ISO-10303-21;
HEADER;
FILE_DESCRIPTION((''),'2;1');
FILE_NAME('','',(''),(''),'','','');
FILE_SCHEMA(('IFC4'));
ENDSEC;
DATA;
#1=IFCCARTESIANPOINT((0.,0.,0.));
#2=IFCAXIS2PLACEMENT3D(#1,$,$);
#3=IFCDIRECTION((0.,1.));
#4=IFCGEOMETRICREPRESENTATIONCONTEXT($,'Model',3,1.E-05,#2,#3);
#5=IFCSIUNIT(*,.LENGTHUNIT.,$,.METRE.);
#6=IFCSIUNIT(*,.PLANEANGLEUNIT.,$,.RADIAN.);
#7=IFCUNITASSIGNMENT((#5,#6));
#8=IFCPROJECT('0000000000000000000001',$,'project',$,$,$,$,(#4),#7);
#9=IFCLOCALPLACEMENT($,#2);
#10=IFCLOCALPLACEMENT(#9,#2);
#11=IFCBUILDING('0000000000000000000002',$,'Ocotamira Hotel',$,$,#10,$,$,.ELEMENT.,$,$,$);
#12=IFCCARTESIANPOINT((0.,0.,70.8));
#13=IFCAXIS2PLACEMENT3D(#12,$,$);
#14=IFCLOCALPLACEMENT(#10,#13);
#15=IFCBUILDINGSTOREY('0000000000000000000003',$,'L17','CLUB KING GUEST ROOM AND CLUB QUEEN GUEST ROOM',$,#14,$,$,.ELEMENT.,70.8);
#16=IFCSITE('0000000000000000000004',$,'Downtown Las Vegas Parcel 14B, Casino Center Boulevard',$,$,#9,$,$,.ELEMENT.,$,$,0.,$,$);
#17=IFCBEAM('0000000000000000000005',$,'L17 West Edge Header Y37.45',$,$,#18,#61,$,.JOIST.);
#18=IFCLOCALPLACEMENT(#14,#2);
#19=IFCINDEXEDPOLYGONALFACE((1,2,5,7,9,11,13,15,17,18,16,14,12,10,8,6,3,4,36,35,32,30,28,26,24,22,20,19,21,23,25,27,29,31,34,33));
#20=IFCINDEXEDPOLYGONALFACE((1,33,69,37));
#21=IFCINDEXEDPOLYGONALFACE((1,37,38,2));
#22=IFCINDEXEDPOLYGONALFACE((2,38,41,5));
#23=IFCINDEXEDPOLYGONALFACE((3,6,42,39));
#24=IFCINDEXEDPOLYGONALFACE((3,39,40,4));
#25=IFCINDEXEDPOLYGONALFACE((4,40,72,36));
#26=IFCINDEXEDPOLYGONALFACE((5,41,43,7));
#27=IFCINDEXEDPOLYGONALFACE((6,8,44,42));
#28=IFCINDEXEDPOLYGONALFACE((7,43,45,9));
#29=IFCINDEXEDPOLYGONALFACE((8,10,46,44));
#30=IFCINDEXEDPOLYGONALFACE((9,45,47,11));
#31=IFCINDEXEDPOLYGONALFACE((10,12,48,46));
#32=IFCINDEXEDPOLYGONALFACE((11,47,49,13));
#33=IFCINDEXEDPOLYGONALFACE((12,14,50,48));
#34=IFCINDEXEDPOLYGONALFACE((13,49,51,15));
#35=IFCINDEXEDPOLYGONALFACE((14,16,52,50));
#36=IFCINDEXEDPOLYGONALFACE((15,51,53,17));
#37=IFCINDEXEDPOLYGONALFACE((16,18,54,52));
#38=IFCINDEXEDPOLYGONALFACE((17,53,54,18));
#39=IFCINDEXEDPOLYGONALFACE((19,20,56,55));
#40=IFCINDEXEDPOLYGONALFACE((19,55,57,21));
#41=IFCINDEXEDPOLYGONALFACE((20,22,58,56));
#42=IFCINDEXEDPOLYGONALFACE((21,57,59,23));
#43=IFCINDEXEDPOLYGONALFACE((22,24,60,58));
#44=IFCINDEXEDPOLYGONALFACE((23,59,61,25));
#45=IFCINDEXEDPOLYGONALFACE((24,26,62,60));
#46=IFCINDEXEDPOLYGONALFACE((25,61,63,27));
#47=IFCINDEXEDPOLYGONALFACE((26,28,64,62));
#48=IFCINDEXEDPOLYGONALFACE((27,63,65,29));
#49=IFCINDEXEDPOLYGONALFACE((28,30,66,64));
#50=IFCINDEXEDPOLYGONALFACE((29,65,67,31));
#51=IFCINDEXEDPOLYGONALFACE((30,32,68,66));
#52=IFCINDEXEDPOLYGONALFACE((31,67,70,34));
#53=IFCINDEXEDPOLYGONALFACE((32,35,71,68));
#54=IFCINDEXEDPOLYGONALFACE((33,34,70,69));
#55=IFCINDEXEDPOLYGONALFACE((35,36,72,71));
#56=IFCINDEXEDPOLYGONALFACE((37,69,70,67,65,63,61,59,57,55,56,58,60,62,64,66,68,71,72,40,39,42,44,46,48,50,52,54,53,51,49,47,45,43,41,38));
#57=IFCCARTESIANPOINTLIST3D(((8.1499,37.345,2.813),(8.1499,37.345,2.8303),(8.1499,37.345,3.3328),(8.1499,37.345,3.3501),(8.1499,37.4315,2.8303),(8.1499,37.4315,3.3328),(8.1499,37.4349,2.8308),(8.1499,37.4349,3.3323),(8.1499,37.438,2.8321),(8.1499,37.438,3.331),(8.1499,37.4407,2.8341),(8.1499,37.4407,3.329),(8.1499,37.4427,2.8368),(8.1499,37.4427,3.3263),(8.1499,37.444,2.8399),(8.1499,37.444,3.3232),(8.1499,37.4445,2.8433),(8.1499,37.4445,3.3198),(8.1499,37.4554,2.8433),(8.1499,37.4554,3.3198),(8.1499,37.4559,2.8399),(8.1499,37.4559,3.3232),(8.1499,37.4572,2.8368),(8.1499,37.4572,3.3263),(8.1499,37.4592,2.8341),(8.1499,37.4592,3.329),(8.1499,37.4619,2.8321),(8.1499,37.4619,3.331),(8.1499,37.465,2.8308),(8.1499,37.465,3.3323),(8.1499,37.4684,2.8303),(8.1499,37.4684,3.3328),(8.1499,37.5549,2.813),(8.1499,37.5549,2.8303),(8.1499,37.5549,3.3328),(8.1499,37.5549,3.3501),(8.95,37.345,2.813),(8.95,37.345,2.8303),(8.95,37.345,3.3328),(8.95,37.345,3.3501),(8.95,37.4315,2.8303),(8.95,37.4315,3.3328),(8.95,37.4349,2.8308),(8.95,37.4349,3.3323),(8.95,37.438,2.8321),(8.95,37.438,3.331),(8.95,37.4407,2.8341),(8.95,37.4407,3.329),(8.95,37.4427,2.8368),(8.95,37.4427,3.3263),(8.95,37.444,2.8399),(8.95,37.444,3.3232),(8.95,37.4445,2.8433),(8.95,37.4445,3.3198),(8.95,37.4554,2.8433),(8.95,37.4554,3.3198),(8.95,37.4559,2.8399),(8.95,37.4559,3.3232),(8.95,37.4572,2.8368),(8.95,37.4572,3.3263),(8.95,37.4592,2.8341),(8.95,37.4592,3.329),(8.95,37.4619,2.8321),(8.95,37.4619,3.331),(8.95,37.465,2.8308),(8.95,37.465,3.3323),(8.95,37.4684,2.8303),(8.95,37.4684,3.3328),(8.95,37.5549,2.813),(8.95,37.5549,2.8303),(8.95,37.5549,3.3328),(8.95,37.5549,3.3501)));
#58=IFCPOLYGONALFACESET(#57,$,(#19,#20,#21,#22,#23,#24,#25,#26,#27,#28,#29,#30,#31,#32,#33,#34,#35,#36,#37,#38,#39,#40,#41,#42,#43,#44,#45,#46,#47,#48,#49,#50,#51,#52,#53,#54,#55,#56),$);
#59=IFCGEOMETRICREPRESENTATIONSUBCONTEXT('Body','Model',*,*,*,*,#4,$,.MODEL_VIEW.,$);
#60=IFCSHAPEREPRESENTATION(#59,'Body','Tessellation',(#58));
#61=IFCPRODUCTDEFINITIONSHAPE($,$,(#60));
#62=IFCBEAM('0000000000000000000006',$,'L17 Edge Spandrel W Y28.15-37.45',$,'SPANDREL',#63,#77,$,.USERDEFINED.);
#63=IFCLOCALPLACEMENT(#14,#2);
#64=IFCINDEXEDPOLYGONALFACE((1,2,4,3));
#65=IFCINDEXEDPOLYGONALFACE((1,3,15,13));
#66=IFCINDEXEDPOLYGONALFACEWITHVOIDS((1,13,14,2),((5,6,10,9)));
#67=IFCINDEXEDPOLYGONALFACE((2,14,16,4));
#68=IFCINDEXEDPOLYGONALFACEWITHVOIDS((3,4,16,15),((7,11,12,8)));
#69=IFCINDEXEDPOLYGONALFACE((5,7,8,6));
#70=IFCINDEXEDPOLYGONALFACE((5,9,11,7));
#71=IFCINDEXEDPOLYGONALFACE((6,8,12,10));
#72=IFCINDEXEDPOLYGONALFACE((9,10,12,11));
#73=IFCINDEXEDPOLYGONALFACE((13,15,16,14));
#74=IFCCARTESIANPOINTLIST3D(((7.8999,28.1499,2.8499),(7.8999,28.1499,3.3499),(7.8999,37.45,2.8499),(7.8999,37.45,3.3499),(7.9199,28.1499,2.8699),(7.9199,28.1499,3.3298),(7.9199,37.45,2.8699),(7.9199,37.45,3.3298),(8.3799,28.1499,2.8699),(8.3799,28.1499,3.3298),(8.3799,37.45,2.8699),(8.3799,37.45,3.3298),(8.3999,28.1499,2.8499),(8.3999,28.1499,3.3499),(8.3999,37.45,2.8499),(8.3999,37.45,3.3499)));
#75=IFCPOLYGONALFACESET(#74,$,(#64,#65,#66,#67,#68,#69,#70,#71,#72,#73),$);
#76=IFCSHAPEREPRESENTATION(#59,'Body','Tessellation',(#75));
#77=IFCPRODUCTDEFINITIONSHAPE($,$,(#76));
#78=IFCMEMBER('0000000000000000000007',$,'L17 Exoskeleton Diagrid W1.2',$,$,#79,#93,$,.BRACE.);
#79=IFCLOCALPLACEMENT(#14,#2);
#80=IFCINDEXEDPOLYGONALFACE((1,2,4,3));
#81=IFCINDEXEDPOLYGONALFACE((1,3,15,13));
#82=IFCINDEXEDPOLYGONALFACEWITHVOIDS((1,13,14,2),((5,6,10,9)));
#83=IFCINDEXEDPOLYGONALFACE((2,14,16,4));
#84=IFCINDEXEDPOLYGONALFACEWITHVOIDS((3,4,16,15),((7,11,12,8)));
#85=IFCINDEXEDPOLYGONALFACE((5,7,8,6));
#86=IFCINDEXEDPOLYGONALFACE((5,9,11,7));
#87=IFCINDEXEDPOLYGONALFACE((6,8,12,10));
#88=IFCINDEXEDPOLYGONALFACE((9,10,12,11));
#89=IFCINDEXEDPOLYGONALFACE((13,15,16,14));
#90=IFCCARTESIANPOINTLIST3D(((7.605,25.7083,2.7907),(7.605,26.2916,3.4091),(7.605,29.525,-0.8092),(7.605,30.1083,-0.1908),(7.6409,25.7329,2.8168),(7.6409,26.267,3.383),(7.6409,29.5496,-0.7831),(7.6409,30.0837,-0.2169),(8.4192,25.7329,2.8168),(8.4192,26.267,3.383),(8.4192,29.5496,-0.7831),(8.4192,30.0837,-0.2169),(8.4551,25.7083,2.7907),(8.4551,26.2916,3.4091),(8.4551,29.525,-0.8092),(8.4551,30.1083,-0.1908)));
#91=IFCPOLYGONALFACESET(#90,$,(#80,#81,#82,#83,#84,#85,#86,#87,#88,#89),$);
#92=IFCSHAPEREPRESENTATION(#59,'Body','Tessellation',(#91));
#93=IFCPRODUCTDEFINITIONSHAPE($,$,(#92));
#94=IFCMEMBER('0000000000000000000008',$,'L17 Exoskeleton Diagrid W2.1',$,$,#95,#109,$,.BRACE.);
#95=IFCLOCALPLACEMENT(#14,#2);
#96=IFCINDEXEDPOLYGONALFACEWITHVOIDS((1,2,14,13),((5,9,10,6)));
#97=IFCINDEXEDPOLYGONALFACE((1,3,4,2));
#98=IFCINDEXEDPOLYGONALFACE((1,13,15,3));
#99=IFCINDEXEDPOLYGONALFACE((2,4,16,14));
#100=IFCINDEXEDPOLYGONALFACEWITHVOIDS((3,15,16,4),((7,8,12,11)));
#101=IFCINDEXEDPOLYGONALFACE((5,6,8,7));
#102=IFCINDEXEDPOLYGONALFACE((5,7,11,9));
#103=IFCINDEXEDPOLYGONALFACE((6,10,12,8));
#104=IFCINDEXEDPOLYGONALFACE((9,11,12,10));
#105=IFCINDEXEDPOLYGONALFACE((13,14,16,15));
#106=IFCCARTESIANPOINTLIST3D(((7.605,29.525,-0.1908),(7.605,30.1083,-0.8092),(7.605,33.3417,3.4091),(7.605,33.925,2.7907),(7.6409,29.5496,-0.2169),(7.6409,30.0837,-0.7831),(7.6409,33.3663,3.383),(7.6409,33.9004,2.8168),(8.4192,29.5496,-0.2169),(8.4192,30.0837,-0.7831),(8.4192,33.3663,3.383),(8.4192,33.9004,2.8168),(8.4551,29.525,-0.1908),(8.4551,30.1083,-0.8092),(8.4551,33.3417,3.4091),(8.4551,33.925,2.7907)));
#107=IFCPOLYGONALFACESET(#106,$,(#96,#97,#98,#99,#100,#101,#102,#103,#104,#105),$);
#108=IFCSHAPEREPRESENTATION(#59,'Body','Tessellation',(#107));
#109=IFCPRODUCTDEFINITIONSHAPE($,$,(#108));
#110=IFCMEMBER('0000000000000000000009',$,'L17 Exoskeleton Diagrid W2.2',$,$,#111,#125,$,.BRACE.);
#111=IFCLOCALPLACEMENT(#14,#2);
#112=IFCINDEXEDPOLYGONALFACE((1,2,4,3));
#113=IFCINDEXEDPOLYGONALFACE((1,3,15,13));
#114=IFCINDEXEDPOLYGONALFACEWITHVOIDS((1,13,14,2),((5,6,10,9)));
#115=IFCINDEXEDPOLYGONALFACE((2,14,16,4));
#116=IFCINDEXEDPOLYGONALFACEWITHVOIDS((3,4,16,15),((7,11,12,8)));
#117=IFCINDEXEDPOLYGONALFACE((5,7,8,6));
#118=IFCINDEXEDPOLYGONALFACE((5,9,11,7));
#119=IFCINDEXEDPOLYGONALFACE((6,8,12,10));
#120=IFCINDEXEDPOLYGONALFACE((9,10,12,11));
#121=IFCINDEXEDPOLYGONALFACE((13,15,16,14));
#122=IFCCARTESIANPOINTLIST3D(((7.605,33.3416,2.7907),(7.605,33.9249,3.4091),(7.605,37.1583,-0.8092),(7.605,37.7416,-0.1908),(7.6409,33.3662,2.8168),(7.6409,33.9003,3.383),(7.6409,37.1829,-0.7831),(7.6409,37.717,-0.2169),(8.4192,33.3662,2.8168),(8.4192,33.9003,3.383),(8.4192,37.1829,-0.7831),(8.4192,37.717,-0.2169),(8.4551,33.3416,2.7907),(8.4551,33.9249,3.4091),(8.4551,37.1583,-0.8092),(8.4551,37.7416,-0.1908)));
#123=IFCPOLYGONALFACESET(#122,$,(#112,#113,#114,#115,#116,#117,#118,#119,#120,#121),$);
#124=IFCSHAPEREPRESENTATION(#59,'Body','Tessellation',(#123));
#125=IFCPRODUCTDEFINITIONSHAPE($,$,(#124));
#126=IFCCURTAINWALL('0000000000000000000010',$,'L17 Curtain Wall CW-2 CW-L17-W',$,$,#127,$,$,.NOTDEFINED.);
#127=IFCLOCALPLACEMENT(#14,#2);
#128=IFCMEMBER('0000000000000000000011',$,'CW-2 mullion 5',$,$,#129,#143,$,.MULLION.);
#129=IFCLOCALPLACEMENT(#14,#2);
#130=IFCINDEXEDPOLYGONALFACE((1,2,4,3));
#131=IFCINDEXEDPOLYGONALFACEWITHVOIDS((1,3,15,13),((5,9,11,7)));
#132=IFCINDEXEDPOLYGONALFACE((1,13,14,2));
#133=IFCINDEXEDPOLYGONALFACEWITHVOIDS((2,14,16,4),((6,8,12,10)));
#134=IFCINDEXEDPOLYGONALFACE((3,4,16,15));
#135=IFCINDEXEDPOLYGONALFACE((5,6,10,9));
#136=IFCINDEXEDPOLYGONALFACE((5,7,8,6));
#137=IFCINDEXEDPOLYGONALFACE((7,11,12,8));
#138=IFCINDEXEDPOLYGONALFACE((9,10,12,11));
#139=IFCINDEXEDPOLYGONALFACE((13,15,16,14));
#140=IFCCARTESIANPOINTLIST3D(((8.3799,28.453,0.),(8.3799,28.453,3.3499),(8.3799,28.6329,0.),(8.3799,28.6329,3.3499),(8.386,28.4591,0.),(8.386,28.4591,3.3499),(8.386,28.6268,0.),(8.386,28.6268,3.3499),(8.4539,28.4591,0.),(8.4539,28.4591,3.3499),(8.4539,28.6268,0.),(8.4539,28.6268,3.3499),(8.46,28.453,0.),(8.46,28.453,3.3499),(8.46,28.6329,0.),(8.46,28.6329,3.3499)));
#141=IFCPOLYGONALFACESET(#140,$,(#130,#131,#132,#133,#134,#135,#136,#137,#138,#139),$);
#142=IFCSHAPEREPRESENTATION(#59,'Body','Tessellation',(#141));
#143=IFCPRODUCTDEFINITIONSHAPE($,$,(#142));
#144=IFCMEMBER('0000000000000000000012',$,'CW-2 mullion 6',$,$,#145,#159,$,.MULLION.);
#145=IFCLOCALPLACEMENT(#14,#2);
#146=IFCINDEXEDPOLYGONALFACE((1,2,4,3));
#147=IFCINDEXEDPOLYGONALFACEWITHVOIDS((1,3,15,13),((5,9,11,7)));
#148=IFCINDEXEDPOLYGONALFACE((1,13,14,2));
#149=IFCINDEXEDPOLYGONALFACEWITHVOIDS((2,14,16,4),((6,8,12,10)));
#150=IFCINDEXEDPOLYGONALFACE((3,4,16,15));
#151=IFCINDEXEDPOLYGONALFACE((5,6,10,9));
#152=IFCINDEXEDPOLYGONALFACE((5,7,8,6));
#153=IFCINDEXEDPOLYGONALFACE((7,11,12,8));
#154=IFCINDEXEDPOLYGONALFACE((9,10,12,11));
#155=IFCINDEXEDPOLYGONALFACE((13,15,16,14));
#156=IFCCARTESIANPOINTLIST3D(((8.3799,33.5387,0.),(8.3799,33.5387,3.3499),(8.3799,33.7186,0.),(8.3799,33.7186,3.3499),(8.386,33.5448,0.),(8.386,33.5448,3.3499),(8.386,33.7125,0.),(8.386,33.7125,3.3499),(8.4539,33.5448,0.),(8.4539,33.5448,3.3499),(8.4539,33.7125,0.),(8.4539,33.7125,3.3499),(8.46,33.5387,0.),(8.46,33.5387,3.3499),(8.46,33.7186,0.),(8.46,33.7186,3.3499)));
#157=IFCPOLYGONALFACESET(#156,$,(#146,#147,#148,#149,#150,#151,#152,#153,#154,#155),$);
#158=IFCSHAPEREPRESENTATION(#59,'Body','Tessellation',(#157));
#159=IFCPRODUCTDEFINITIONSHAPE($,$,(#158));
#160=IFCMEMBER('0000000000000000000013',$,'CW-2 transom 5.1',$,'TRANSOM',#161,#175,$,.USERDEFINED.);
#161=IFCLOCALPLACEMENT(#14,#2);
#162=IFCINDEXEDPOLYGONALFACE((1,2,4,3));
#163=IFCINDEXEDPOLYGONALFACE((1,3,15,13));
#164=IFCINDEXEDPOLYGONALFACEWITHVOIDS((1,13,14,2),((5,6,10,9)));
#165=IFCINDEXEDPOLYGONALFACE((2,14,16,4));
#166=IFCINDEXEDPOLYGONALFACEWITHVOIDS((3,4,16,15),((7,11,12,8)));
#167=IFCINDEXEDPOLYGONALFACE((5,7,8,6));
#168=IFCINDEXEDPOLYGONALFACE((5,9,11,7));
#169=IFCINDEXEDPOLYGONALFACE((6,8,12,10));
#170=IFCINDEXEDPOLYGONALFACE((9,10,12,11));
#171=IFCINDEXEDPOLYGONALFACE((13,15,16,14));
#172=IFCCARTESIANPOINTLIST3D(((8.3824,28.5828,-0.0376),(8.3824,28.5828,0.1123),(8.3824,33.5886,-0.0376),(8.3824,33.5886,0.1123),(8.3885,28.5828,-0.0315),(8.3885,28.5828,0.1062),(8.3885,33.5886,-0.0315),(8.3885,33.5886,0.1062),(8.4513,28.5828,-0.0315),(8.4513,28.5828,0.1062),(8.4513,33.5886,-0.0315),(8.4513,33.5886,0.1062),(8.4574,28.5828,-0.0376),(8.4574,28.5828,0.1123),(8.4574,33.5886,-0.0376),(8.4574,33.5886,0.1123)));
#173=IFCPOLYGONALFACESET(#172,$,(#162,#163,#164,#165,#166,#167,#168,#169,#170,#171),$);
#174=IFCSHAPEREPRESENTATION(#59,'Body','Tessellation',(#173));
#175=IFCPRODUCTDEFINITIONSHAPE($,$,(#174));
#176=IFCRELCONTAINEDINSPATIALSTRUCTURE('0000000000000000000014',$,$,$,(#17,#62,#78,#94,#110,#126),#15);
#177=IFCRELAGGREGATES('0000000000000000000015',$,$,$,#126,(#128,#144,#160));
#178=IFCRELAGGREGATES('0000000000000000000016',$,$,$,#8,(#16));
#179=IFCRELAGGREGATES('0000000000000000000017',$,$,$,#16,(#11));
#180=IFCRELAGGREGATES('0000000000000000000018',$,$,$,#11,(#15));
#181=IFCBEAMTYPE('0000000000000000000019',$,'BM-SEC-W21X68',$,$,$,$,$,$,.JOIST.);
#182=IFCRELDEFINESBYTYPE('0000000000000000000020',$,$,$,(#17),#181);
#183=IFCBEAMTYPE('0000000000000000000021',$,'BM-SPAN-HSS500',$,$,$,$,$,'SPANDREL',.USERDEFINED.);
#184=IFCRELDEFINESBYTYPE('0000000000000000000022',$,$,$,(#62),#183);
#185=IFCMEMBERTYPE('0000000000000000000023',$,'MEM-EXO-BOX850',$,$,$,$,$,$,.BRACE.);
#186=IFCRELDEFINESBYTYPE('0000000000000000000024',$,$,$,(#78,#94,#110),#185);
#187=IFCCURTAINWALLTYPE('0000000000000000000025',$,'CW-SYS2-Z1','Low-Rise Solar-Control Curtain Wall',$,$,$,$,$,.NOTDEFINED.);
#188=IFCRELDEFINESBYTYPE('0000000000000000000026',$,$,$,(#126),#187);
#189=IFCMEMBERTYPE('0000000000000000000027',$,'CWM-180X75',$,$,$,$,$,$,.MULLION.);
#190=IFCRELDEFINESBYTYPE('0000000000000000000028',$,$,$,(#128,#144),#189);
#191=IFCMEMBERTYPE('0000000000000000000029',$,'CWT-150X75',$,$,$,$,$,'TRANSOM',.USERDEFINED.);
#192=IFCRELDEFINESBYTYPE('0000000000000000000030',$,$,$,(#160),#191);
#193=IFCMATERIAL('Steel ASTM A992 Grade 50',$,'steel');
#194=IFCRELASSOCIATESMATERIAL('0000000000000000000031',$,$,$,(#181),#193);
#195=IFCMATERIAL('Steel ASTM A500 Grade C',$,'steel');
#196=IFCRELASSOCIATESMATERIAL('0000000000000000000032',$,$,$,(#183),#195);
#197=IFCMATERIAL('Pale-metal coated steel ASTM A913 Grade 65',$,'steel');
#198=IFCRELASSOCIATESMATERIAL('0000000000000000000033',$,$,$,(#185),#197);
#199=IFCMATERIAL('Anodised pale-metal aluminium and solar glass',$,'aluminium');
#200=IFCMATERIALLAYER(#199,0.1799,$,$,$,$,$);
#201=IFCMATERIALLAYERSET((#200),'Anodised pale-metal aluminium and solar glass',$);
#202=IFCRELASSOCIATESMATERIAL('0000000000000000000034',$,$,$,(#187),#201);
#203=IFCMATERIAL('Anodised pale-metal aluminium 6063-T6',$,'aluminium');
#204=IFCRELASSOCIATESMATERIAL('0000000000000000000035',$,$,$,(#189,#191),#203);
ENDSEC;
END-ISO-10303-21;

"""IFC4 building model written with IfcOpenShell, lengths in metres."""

from ifc_helpers import new_model, si_unit, direction, frame, origin, origin_2d, place, context, subcontext, project, spatial, hollow_rectangle, i_section, extrude, source, transform, mapped, material, layer, layer_set, material_profile, profile_set, type_object, element, aggregate, save


model = new_model("IFC4")

# Units and contexts
model_context = context("Model", 3, precision=1e-05, world=origin(), true_north=direction((0.0, 1.0)))
body_context = subcontext(model_context, "Body", "Model", "MODEL_VIEW")
ifc_project = project(units=[si_unit("LENGTHUNIT", "METRE"), si_unit("PLANEANGLEUNIT", "RADIAN")], contexts=[model_context])

# Site, building, storey
site_placement = place(None, origin())
site = spatial("IfcSite", under=ifc_project, at=site_placement, Name="Downtown Las Vegas Parcel 14B, Casino Center Boulevard", CompositionType="ELEMENT", RefElevation=0.0)
building_placement = place(site_placement, origin())
building = spatial("IfcBuilding", under=site, at=building_placement, Name="Ocotamira Hotel", CompositionType="ELEMENT")
storey_placement = place(building_placement, frame((0.0, 0.0, 70.8)))
storey = spatial("IfcBuildingStorey", under=building, at=storey_placement, Name="L17", Description="CLUB KING GUEST ROOM AND CLUB QUEEN GUEST ROOM", CompositionType="ELEMENT", Elevation=70.8)

# Beams
ifc_material_1 = material(Name="Steel ASTM A992 Grade 50", Category="steel")
ifc_material_profile_1 = material_profile(ifc_material_1, i_section(OverallWidth=0.21, OverallDepth=0.5371, WebThickness=0.011, FlangeThickness=0.0173, FilletRadius=0.0129, at=origin_2d()), Name="W21X68")
ifc_profile_set_1 = profile_set([ifc_material_profile_1], Name="Steel ASTM A992 Grade 50")
beam_type_1 = type_object("IfcBeamType", Name="BM-SEC-W21X68", PredefinedType="JOIST", material=ifc_profile_set_1)
shared_shape_1 = source(origin(), body_context, "Body", "SweptSolid", [
    extrude(i_section(OverallWidth=0.21, OverallDepth=0.5371, WebThickness=0.011, FlangeThickness=0.0173, FilletRadius=0.0129, at=origin_2d()), origin(), (0.0, 0.0, 1.0), 0.8),
])
for number, where, z_axis, x_axis, name in (
    (1, (8.95, 37.45, 3.0815), (-1.0, 0.0, 0.0), (0.0, -1.0, 0.0), "L17 West Edge Header Y37.45"),
):
    element("IfcBeam", number, at=place(storey_placement, frame(where, z_axis=z_axis, x_axis=x_axis)), inside=storey, type_object=beam_type_1, Name=name, PredefinedType="JOIST", context=body_context, shape_type="MappedRepresentation", body=[
        mapped(shared_shape_1, transform((0.0, 0.0, 0.0), scale=1.0)),
    ])
ifc_material_2 = material(Name="Steel ASTM A500 Grade C", Category="steel")
ifc_material_profile_2 = material_profile(ifc_material_2, hollow_rectangle(XDim=0.5, YDim=0.5, WallThickness=0.02, at=origin_2d()), Name="HSS500X500X20")
ifc_profile_set_2 = profile_set([ifc_material_profile_2], Name="Steel ASTM A500 Grade C")
beam_type_2 = type_object("IfcBeamType", Name="BM-SPAN-HSS500", ElementType="SPANDREL", PredefinedType="USERDEFINED", material=ifc_profile_set_2)
shared_shape_2 = source(origin(), body_context, "Body", "SweptSolid", [
    extrude(hollow_rectangle(XDim=0.5, YDim=0.5, WallThickness=0.02, at=origin_2d()), origin(), (0.0, 0.0, 1.0), 9.3),
])
beam_1_placement = place(storey_placement, frame((8.1499, 28.1499, 3.0999), z_axis=(0.0, 1.0, 0.0), x_axis=(-1.0, 0.0, 0.0)))
element("IfcBeam", 2, at=beam_1_placement, inside=storey, type_object=beam_type_2, Name="L17 Edge Spandrel W Y28.15-37.45", ObjectType="SPANDREL", PredefinedType="USERDEFINED", context=body_context, shape_type="MappedRepresentation", body=[
    mapped(shared_shape_2, transform((0.0, 0.0, 0.0), scale=1.0)),
])

# Members
ifc_material_3 = material(Name="Pale-metal coated steel ASTM A913 Grade 65", Category="steel")
ifc_material_profile_3 = material_profile(ifc_material_3, hollow_rectangle(XDim=0.8501, YDim=0.8501, WallThickness=0.0359, at=origin_2d()), Name="BOX850X850X36")
ifc_profile_set_3 = profile_set([ifc_material_profile_3], Name="Pale-metal coated steel ASTM A913 Grade 65")
member_type_1 = type_object("IfcMemberType", Name="MEM-EXO-BOX850", PredefinedType="BRACE", material=ifc_profile_set_3)
shared_shape_3 = source(origin(), body_context, "Body", "SweptSolid", [
    extrude(hollow_rectangle(XDim=0.8501, YDim=0.8501, WallThickness=0.0359, at=origin_2d()), origin(), (0.0, 0.0, 1.0), 5.2466),
])
for number, where, z_axis, x_axis, name in (
    (3, (8.03, 29.8167, -0.5), (0.0, -0.727466, 0.686144), (1.0, 0.0, 0.0), "L17 Exoskeleton Diagrid W1.2"),
    (4, (8.03, 29.8167, -0.5), (0.0, 0.727466, 0.686144), (-1.0, 0.0, 0.0), "L17 Exoskeleton Diagrid W2.1"),
    (5, (8.03, 37.45, -0.5), (0.0, -0.727466, 0.686144), (1.0, 0.0, 0.0), "L17 Exoskeleton Diagrid W2.2"),
):
    element("IfcMember", number, at=place(storey_placement, frame(where, z_axis=z_axis, x_axis=x_axis)), inside=storey, type_object=member_type_1, Name=name, PredefinedType="BRACE", context=body_context, shape_type="MappedRepresentation", body=[
        mapped(shared_shape_3, transform((0.0, 0.0, 0.0), scale=1.0)),
    ])

# Curtain wall, members
ifc_material_4 = material(Name="Anodised pale-metal aluminium and solar glass", Category="aluminium")
ifc_layer_1 = layer(ifc_material_4, 0.1799)
ifc_layer_set_1 = layer_set([ifc_layer_1], Name="Anodised pale-metal aluminium and solar glass")
curtain_wall_type = type_object("IfcCurtainWallType", Name="CW-SYS2-Z1", Description="Low-Rise Solar-Control Curtain Wall", PredefinedType="NOTDEFINED", material=ifc_layer_set_1)
curtain_wall_placement = place(storey_placement, origin())
curtain_wall = element("IfcCurtainWall", 6, at=curtain_wall_placement, inside=storey, type_object=curtain_wall_type, Name="L17 Curtain Wall CW-2 CW-L17-W", PredefinedType="NOTDEFINED")
ifc_material_5 = material(Name="Anodised pale-metal aluminium 6063-T6", Category="aluminium")
ifc_material_profile_4 = material_profile(ifc_material_5, hollow_rectangle(XDim=0.0801, YDim=0.1799, WallThickness=0.0061, at=origin_2d()), Name="HSS180X80X6")
ifc_profile_set_4 = profile_set([ifc_material_profile_4], Name="Anodised pale-metal aluminium 6063-T6")
member_type_2 = type_object("IfcMemberType", Name="CWM-180X75", PredefinedType="MULLION", material=ifc_profile_set_4)
shared_shape_4 = source(origin(), body_context, "Body", "SweptSolid", [
    extrude(hollow_rectangle(XDim=0.0801, YDim=0.1799, WallThickness=0.0061, at=origin_2d()), origin(), (0.0, 0.0, 1.0), 3.3499),
])
member_1_placement = place(storey_placement, frame((8.4199, 28.543, 0.0), z_axis=(0.0, 0.0, 1.0), x_axis=(-1.0, 0.0, 0.0)))
member_1 = element("IfcMember", 7, at=member_1_placement, type_object=member_type_2, Name="CW-2 mullion 5", PredefinedType="MULLION", context=body_context, shape_type="MappedRepresentation", body=[
    mapped(shared_shape_4, transform((0.0, 0.0, 0.0), scale=1.0)),
])
member_2_placement = place(storey_placement, frame((8.4199, 33.6287, 0.0), z_axis=(0.0, 0.0, 1.0), x_axis=(-1.0, 0.0, 0.0)))
member_2 = element("IfcMember", 8, at=member_2_placement, type_object=member_type_2, Name="CW-2 mullion 6", PredefinedType="MULLION", context=body_context, shape_type="MappedRepresentation", body=[
    mapped(shared_shape_4, transform((0.0, 0.0, 0.0), scale=1.0)),
])
ifc_material_profile_5 = material_profile(ifc_material_5, hollow_rectangle(XDim=0.075, YDim=0.1499, WallThickness=0.0061, at=origin_2d()), Name="HSS150X75X6")
ifc_profile_set_5 = profile_set([ifc_material_profile_5], Name="Anodised pale-metal aluminium 6063-T6")
member_type_3 = type_object("IfcMemberType", Name="CWT-150X75", ElementType="TRANSOM", PredefinedType="USERDEFINED", material=ifc_profile_set_5)
shared_shape_5 = source(origin(), body_context, "Body", "SweptSolid", [
    extrude(hollow_rectangle(XDim=0.075, YDim=0.1499, WallThickness=0.0061, at=origin_2d()), origin(), (0.0, 0.0, 1.0), 5.0059),
])
member_3_placement = place(storey_placement, frame((8.4199, 28.5828, 0.0374), z_axis=(0.0, 1.0, 0.0), x_axis=(-1.0, 0.0, 0.0)))
member_3 = element("IfcMember", 9, at=member_3_placement, type_object=member_type_3, Name="CW-2 transom 5.1", ObjectType="TRANSOM", PredefinedType="USERDEFINED", context=body_context, shape_type="MappedRepresentation", body=[
    mapped(shared_shape_5, transform((0.0, 0.0, 0.0), scale=1.0)),
])

aggregate(curtain_wall, [member_1, member_2, member_3])

save(model, "model.ifc")
